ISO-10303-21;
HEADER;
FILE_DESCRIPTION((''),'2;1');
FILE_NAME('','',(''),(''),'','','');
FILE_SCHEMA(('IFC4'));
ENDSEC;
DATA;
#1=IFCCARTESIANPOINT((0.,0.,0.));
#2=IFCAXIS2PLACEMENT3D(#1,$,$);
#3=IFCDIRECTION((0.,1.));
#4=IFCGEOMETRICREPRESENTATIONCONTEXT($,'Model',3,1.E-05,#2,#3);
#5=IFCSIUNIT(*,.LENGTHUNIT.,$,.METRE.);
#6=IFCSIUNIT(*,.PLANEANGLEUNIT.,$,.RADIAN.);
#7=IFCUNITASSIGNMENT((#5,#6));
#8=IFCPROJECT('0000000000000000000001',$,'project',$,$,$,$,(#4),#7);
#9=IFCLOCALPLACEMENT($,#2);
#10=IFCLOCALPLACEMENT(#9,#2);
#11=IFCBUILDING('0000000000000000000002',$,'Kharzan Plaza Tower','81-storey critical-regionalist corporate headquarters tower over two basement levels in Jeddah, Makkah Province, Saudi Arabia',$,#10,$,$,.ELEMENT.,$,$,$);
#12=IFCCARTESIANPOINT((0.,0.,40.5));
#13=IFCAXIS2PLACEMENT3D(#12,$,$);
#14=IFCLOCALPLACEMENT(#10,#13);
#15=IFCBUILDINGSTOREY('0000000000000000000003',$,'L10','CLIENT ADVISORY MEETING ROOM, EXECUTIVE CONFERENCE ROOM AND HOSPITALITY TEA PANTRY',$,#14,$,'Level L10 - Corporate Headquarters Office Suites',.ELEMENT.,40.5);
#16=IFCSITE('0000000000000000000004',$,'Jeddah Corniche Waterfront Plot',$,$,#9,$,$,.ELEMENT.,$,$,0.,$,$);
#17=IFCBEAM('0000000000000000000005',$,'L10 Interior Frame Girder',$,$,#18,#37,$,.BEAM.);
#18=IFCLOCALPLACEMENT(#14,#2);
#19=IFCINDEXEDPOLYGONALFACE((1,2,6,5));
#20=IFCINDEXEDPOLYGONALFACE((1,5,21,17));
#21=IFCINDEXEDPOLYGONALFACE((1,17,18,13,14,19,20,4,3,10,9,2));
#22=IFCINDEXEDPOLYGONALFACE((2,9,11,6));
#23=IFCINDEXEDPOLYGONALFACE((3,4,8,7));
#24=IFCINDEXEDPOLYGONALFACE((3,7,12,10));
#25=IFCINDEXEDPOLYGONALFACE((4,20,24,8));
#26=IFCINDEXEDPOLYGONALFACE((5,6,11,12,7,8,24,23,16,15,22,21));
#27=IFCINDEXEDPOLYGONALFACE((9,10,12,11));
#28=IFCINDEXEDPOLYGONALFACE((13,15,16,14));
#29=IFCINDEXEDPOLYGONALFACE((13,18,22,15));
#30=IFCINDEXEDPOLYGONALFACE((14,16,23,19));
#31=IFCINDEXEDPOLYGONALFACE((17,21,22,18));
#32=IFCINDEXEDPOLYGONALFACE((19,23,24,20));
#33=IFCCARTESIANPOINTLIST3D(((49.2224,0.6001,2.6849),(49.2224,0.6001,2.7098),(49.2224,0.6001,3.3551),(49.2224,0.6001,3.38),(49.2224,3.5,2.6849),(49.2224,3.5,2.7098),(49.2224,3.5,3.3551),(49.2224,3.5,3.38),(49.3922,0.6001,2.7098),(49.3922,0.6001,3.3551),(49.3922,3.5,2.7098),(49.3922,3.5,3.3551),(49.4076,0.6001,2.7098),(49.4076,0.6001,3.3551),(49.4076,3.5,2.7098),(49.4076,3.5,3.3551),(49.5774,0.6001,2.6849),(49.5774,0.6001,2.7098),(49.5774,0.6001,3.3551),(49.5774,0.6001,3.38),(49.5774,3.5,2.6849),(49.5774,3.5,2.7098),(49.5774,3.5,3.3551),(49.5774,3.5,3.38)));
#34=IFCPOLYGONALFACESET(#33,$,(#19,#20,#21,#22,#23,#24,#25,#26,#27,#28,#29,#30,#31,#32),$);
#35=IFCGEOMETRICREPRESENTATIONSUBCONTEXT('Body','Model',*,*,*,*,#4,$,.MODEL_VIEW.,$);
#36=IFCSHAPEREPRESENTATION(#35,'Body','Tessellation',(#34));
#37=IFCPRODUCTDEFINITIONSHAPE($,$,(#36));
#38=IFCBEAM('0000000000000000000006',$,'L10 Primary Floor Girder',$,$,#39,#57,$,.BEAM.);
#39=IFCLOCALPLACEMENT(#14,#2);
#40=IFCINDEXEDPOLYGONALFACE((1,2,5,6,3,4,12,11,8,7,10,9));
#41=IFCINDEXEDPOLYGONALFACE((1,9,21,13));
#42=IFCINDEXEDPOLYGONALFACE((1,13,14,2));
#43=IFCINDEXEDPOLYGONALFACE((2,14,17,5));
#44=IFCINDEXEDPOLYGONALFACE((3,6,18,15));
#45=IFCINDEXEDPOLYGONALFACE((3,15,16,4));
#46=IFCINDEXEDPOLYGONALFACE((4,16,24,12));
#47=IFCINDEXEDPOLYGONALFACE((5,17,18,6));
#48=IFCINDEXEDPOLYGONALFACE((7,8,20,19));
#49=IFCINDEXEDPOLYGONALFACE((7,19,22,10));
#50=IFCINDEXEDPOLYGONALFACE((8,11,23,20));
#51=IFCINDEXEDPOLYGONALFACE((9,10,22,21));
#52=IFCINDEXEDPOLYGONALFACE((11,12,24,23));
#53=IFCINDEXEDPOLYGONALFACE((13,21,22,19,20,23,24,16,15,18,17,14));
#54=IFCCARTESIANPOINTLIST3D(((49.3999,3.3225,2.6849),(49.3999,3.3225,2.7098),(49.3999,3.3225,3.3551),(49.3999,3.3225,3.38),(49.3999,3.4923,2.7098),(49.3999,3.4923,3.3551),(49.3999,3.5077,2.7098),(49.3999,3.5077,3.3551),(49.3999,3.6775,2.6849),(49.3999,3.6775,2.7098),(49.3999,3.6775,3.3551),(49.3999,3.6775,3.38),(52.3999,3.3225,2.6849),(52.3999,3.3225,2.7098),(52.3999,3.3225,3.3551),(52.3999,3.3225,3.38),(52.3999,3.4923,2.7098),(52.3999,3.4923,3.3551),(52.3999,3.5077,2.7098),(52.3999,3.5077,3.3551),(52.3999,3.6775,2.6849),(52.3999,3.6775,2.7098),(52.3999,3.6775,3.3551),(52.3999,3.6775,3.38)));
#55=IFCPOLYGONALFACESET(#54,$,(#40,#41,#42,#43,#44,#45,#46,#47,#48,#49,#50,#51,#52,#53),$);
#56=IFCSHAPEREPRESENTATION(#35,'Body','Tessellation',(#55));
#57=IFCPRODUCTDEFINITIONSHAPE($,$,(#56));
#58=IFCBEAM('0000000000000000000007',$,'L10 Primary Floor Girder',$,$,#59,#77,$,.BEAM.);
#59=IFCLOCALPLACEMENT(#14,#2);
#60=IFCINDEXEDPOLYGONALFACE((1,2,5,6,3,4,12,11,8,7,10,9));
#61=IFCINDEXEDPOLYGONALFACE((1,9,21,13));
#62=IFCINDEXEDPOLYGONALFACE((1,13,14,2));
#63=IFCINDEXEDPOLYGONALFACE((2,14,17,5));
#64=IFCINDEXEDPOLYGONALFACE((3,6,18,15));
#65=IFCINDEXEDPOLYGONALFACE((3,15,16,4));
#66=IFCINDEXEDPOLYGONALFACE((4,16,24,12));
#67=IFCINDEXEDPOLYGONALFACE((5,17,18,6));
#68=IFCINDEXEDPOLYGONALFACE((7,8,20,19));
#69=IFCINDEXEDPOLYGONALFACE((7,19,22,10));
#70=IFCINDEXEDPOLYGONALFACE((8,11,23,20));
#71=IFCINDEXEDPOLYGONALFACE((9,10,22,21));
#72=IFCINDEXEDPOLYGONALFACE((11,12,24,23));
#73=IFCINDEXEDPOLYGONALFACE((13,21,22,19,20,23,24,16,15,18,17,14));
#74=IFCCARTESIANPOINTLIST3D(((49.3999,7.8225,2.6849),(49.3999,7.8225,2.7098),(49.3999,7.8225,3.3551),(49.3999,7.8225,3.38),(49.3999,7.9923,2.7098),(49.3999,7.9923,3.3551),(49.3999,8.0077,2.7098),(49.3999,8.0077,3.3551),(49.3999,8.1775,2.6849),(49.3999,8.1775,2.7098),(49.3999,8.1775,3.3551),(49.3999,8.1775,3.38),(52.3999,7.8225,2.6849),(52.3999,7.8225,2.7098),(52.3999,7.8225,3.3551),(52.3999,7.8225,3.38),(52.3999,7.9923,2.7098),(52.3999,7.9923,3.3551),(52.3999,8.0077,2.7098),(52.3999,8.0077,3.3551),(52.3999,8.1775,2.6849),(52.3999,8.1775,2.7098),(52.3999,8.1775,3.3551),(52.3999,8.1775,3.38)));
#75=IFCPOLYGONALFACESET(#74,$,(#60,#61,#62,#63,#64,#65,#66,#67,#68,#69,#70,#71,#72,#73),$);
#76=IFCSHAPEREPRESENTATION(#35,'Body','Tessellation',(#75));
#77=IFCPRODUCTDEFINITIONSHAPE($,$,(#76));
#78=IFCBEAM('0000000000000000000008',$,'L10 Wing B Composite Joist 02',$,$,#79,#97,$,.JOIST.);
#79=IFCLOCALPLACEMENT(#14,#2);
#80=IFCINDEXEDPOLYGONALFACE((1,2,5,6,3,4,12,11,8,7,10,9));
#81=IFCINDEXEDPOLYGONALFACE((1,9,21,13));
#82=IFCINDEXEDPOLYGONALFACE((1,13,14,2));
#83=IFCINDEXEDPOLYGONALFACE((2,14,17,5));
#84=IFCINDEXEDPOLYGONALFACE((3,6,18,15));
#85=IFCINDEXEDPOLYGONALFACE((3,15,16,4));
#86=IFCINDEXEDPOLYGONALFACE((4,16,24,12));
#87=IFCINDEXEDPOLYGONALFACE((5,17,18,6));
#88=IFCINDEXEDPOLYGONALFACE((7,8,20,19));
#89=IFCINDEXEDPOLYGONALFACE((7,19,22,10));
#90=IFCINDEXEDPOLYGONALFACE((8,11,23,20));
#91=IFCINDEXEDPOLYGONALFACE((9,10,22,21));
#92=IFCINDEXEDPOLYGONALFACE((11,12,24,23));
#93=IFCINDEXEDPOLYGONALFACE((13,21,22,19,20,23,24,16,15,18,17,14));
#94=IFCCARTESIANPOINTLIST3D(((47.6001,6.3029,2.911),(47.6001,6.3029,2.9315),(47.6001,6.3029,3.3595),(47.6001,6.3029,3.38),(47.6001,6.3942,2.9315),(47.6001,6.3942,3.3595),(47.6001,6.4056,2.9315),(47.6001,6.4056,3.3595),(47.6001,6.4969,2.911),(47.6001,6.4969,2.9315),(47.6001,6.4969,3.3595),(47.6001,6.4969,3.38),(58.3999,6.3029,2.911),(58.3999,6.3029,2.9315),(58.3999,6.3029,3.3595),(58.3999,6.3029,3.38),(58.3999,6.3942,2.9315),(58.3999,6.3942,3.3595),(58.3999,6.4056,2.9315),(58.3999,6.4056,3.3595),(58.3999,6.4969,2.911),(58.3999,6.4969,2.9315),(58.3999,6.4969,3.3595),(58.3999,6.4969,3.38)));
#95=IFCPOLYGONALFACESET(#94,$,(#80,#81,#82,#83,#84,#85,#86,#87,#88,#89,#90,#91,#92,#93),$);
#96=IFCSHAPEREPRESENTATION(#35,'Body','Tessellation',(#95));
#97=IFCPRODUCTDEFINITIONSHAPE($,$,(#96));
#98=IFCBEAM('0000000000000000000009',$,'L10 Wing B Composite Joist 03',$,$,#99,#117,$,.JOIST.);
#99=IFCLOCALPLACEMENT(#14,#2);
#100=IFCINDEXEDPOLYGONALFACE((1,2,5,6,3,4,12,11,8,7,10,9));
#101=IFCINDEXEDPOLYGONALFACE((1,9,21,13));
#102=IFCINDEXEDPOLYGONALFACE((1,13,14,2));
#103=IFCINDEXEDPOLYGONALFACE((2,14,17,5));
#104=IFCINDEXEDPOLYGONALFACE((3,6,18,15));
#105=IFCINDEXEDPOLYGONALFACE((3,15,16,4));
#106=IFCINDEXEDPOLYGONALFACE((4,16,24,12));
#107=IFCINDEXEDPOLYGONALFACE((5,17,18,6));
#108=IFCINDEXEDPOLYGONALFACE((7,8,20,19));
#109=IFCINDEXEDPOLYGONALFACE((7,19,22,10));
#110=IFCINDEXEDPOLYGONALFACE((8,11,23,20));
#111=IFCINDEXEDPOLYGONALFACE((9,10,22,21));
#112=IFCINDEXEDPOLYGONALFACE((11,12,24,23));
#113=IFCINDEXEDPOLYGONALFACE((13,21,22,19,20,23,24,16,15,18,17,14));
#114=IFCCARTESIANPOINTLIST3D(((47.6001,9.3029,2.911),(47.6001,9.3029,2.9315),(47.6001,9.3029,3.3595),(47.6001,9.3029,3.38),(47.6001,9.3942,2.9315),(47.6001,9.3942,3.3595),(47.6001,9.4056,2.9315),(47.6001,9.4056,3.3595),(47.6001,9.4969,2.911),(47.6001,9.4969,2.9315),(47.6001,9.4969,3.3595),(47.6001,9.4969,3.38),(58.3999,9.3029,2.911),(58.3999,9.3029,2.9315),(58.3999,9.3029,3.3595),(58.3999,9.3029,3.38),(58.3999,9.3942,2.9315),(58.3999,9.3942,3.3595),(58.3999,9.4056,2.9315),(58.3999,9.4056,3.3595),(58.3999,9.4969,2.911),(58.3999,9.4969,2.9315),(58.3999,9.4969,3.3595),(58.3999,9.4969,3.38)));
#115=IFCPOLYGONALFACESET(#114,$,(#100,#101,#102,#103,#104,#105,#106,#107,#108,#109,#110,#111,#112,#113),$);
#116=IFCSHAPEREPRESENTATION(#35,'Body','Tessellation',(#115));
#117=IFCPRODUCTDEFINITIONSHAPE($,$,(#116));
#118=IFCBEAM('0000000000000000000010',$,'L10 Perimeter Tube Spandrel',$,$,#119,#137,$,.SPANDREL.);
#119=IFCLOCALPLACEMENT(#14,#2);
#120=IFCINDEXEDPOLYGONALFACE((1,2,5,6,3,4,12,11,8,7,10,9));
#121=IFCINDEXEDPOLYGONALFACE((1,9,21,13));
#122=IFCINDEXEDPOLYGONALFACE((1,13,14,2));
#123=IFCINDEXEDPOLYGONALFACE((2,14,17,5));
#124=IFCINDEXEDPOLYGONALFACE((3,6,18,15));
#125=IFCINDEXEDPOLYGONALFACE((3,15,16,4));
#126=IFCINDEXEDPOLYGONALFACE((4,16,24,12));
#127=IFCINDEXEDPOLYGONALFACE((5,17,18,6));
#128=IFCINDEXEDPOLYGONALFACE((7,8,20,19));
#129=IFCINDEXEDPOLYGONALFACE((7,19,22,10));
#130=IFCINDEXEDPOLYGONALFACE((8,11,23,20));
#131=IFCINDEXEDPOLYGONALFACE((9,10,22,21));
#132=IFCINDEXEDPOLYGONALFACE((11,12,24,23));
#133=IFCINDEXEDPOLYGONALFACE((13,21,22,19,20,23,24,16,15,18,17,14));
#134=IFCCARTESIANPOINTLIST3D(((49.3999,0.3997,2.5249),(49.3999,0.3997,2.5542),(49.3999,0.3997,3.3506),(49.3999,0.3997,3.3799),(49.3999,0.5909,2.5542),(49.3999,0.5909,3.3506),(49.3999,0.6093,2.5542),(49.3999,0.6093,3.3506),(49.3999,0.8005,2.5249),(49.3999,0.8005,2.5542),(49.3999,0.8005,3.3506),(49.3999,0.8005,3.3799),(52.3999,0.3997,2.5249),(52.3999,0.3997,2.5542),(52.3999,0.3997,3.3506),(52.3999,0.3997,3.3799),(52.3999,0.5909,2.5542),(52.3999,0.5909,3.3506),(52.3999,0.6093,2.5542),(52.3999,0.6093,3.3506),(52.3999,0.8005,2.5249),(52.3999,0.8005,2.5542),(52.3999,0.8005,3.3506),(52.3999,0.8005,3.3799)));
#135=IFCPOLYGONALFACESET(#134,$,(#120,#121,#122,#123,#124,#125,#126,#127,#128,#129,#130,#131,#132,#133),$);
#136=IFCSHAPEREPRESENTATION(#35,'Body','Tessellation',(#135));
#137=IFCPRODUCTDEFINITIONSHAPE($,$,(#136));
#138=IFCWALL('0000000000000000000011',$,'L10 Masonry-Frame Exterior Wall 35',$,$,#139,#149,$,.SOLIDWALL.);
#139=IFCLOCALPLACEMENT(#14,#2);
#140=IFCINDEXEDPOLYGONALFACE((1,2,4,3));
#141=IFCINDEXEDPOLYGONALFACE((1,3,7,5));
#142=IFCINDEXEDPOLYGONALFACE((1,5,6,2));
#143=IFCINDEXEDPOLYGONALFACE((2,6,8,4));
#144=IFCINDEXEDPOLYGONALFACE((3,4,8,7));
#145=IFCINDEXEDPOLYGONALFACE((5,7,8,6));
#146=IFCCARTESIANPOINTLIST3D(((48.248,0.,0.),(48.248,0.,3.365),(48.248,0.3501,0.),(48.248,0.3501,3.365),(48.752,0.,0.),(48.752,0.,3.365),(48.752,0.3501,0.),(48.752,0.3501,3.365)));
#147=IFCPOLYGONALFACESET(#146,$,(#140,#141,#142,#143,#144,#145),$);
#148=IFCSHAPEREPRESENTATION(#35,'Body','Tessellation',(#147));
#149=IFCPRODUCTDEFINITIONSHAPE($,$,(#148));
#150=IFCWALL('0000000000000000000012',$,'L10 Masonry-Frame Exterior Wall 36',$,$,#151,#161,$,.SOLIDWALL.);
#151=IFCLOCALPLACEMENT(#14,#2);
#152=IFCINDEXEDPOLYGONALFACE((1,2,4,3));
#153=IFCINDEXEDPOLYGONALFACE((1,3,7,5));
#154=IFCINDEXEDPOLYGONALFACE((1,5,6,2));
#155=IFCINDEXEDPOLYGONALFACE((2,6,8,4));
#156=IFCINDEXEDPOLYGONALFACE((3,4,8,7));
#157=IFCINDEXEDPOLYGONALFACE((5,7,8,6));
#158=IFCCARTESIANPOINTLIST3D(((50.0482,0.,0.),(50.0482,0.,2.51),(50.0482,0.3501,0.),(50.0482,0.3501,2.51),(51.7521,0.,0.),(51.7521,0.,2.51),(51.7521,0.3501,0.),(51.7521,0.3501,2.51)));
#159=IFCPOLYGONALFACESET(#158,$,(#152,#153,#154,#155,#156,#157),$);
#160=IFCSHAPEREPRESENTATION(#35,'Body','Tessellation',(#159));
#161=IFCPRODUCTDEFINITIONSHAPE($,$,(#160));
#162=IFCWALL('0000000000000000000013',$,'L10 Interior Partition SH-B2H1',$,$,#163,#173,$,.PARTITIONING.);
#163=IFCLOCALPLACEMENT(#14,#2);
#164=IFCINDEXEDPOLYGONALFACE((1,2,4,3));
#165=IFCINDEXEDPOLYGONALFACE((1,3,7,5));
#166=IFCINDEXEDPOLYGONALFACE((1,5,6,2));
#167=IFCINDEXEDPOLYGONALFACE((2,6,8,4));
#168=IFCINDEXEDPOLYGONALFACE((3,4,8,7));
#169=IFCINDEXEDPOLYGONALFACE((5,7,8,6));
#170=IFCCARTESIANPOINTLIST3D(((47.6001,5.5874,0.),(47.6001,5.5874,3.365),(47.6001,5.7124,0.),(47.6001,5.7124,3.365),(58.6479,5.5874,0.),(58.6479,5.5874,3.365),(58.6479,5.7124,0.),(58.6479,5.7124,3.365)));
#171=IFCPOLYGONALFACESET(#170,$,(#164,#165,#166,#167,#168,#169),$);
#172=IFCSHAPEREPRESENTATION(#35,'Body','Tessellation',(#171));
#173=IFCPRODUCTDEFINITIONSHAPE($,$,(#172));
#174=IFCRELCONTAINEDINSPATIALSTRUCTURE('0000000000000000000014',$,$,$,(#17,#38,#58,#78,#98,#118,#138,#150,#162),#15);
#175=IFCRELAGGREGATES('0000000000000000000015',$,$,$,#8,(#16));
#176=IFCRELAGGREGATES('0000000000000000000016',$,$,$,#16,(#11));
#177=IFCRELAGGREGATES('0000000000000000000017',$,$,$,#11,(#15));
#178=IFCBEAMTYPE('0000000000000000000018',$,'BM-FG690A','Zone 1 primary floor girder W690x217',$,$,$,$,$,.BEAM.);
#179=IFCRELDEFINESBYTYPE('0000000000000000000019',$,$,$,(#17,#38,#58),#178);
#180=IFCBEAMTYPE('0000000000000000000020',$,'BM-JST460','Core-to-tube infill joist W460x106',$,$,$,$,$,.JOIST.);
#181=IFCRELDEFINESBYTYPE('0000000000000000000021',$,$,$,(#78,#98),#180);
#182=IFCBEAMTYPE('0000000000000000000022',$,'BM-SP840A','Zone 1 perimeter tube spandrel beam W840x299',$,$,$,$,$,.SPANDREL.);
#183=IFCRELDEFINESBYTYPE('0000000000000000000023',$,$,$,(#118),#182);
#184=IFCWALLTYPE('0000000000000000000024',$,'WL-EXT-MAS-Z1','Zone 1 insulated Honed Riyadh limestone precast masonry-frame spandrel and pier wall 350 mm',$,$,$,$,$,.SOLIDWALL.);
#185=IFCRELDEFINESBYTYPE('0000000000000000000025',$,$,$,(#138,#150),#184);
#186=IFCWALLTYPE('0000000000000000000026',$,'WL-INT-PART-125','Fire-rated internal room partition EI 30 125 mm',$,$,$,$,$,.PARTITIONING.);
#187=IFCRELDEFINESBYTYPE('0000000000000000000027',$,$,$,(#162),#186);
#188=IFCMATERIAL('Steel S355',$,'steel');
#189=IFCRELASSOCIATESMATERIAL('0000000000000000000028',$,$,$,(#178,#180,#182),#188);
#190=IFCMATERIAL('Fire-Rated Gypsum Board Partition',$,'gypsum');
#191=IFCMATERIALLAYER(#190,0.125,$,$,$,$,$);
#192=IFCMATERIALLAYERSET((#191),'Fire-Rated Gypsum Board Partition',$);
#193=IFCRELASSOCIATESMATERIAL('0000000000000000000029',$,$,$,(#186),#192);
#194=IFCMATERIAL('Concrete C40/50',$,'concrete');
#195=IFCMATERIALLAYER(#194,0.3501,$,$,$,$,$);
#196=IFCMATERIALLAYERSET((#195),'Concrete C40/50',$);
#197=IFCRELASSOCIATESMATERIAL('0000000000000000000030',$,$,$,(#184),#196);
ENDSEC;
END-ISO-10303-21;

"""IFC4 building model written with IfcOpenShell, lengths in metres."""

from ifc_helpers import new_model, si_unit, direction, frame, frame_2d, origin, origin_2d, place, context, subcontext, project, spatial, rectangle, i_section, extrude, source, transform, mapped, material, layer, layer_set, material_profile, profile_set, type_object, element, save


model = new_model("IFC4")

# Units and contexts
model_context = context("Model", 3, precision=1e-05, world=origin(), true_north=direction((0.0, 1.0)))
body_context = subcontext(model_context, "Body", "Model", "MODEL_VIEW")
ifc_project = project(units=[si_unit("LENGTHUNIT", "METRE"), si_unit("PLANEANGLEUNIT", "RADIAN")], contexts=[model_context])

# Site, building, storey
site_placement = place(None, origin())
site = spatial("IfcSite", under=ifc_project, at=site_placement, Name="Jeddah Corniche Waterfront Plot", CompositionType="ELEMENT", RefElevation=0.0)
building_placement = place(site_placement, origin())
building = spatial("IfcBuilding", under=site, at=building_placement, Name="Kharzan Plaza Tower", Description="81-storey critical-regionalist corporate headquarters tower over two basement levels in Jeddah, Makkah Province, Saudi Arabia", CompositionType="ELEMENT")
storey_placement = place(building_placement, frame((0.0, 0.0, 40.5)))
storey = spatial("IfcBuildingStorey", under=building, at=storey_placement, Name="L10", Description="CLIENT ADVISORY MEETING ROOM, EXECUTIVE CONFERENCE ROOM AND HOSPITALITY TEA PANTRY", LongName="Level L10 - Corporate Headquarters Office Suites", CompositionType="ELEMENT", Elevation=40.5)

# Beams
ifc_material_1 = material(Name="Steel S355", Category="steel")
ifc_material_profile_1 = material_profile(ifc_material_1, i_section(OverallWidth=0.355, OverallDepth=0.6951, WebThickness=0.0154, FlangeThickness=0.0249, at=origin_2d()), Name="W690x217")
ifc_profile_set_1 = profile_set([ifc_material_profile_1], Name="Steel S355")
beam_type_1 = type_object("IfcBeamType", Name="BM-FG690A", Description="Zone 1 primary floor girder W690x217", PredefinedType="BEAM", material=ifc_profile_set_1)
shared_shape_1 = source(origin(), body_context, "Body", "SweptSolid", [
    extrude(i_section(OverallWidth=0.355, OverallDepth=0.6951, WebThickness=0.0154, FlangeThickness=0.0249, at=origin_2d()), origin(), (0.0, 0.0, 1.0), 2.8999),
])
for number, where, z_axis, x_axis, name in (
    (1, (49.3999, 0.6001, 3.0325), (0.0, 1.0, 0.0), (-1.0, 0.0, 0.0), "L10 Interior Frame Girder"),
):
    element("IfcBeam", number, at=place(storey_placement, frame(where, z_axis=z_axis, x_axis=x_axis)), inside=storey, type_object=beam_type_1, Name=name, PredefinedType="BEAM", context=body_context, shape_type="MappedRepresentation", body=[
        mapped(shared_shape_1, transform((0.0, 0.0, 0.0), x_axis=(1.0, 0.0, 0.0), y_axis=(0.0, 1.0, 0.0), z_axis=(0.0, 0.0, 1.0))),
    ])
shared_shape_2 = source(origin(), body_context, "Body", "SweptSolid", [
    extrude(i_section(OverallWidth=0.355, OverallDepth=0.6951, WebThickness=0.0154, FlangeThickness=0.0249, at=origin_2d()), origin(), (0.0, 0.0, 1.0), 3.0),
])
for number, where, z_axis, x_axis, name in (
    (2, (49.3999, 3.5, 3.0325), (1.0, 0.0, 0.0), (0.0, 1.0, 0.0), "L10 Primary Floor Girder"),
    (3, (49.3999, 8.0, 3.0325), (1.0, 0.0, 0.0), (0.0, 1.0, 0.0), "L10 Primary Floor Girder"),
):
    element("IfcBeam", number, at=place(storey_placement, frame(where, z_axis=z_axis, x_axis=x_axis)), inside=storey, type_object=beam_type_1, Name=name, PredefinedType="BEAM", context=body_context, shape_type="MappedRepresentation", body=[
        mapped(shared_shape_2, transform((0.0, 0.0, 0.0), x_axis=(1.0, 0.0, 0.0), y_axis=(0.0, 1.0, 0.0), z_axis=(0.0, 0.0, 1.0))),
    ])
ifc_material_profile_2 = material_profile(ifc_material_1, i_section(OverallWidth=0.1941, OverallDepth=0.469, WebThickness=0.0115, FlangeThickness=0.0205, at=origin_2d()), Name="W460x106")
ifc_profile_set_2 = profile_set([ifc_material_profile_2], Name="Steel S355")
beam_type_2 = type_object("IfcBeamType", Name="BM-JST460", Description="Core-to-tube infill joist W460x106", PredefinedType="JOIST", material=ifc_profile_set_2)
shared_shape_3 = source(origin(), body_context, "Body", "SweptSolid", [
    extrude(i_section(OverallWidth=0.1941, OverallDepth=0.469, WebThickness=0.0115, FlangeThickness=0.0205, at=origin_2d()), origin(), (0.0, 0.0, 1.0), 10.7998),
])
for number, where, z_axis, x_axis, name in (
    (4, (47.6001, 6.3999, 3.1455), (1.0, 0.0, 0.0), (0.0, 1.0, 0.0), "L10 Wing B Composite Joist 02"),
    (5, (47.6001, 9.3999, 3.1455), (1.0, 0.0, 0.0), (0.0, 1.0, 0.0), "L10 Wing B Composite Joist 03"),
):
    element("IfcBeam", number, at=place(storey_placement, frame(where, z_axis=z_axis, x_axis=x_axis)), inside=storey, type_object=beam_type_2, Name=name, PredefinedType="JOIST", context=body_context, shape_type="MappedRepresentation", body=[
        mapped(shared_shape_3, transform((0.0, 0.0, 0.0), x_axis=(1.0, 0.0, 0.0), y_axis=(0.0, 1.0, 0.0), z_axis=(0.0, 0.0, 1.0))),
    ])
ifc_material_profile_3 = material_profile(ifc_material_1, i_section(OverallWidth=0.4009, OverallDepth=0.855, WebThickness=0.0183, FlangeThickness=0.0293, at=origin_2d()), Name="W840x299")
ifc_profile_set_3 = profile_set([ifc_material_profile_3], Name="Steel S355")
beam_type_3 = type_object("IfcBeamType", Name="BM-SP840A", Description="Zone 1 perimeter tube spandrel beam W840x299", PredefinedType="SPANDREL", material=ifc_profile_set_3)
shared_shape_4 = source(origin(), body_context, "Body", "SweptSolid", [
    extrude(i_section(OverallWidth=0.4009, OverallDepth=0.855, WebThickness=0.0183, FlangeThickness=0.0293, at=origin_2d()), origin(), (0.0, 0.0, 1.0), 3.0),
])
beam_placement = place(storey_placement, frame((49.3999, 0.6001, 2.9524), z_axis=(1.0, 0.0, 0.0), x_axis=(0.0, 1.0, 0.0)))
element("IfcBeam", 6, at=beam_placement, inside=storey, type_object=beam_type_3, Name="L10 Perimeter Tube Spandrel", PredefinedType="SPANDREL", context=body_context, shape_type="MappedRepresentation", body=[
    mapped(shared_shape_4, transform((0.0, 0.0, 0.0), x_axis=(1.0, 0.0, 0.0), y_axis=(0.0, 1.0, 0.0), z_axis=(0.0, 0.0, 1.0))),
])

# Shared definitions
ifc_material_2 = material(Name="Fire-Rated Gypsum Board Partition", Category="gypsum")
ifc_layer_1 = layer(ifc_material_2, 0.125)
ifc_layer_set_1 = layer_set([ifc_layer_1], Name="Fire-Rated Gypsum Board Partition")
wall_type_1 = type_object("IfcWallType", Name="WL-INT-PART-125", Description="Fire-rated internal room partition EI 30 125 mm", PredefinedType="PARTITIONING", material=ifc_layer_set_1)

# Walls
ifc_material_3 = material(Name="Concrete C40/50", Category="concrete")
ifc_layer_2 = layer(ifc_material_3, 0.3501)
ifc_layer_set_2 = layer_set([ifc_layer_2], Name="Concrete C40/50")
wall_type_2 = type_object("IfcWallType", Name="WL-EXT-MAS-Z1", Description="Zone 1 insulated Honed Riyadh limestone precast masonry-frame spandrel and pier wall 350 mm", PredefinedType="SOLIDWALL", material=ifc_layer_set_2)
shared_shape_5 = source(origin(), body_context, "Body", "SweptSolid", [
    extrude(rectangle(XDim=0.5039, YDim=0.3501, at=frame_2d((0.252, 0.0))), origin(), (0.0, 0.0, 1.0), 3.365),
])
wall_1_placement = place(storey_placement, frame((48.248, 0.175, 0.0), z_axis=(0.0, 0.0, 1.0), x_axis=(1.0, 0.0, 0.0)))
element("IfcWall", 7, at=wall_1_placement, inside=storey, type_object=wall_type_2, Name="L10 Masonry-Frame Exterior Wall 35", PredefinedType="SOLIDWALL", context=body_context, shape_type="MappedRepresentation", body=[
    mapped(shared_shape_5, transform((0.0, 0.0, 0.0), x_axis=(1.0, 0.0, 0.0), y_axis=(0.0, 1.0, 0.0), z_axis=(0.0, 0.0, 1.0))),
])
shared_shape_6 = source(origin(), body_context, "Body", "SweptSolid", [
    extrude(rectangle(XDim=1.7039, YDim=0.3501, at=frame_2d((0.8521, 0.0))), origin(), (0.0, 0.0, 1.0), 2.51),
])
wall_2_placement = place(storey_placement, frame((50.0481, 0.175, 0.0), z_axis=(0.0, 0.0, 1.0), x_axis=(1.0, 0.0, 0.0)))
element("IfcWall", 8, at=wall_2_placement, inside=storey, type_object=wall_type_2, Name="L10 Masonry-Frame Exterior Wall 36", PredefinedType="SOLIDWALL", context=body_context, shape_type="MappedRepresentation", body=[
    mapped(shared_shape_6, transform((0.0, 0.0, 0.0), x_axis=(1.0, 0.0, 0.0), y_axis=(0.0, 1.0, 0.0), z_axis=(0.0, 0.0, 1.0))),
])
shared_shape_7 = source(origin(), body_context, "Body", "SweptSolid", [
    extrude(rectangle(XDim=11.0479, YDim=0.125, at=frame_2d((5.5239, 0.0))), origin(), (0.0, 0.0, 1.0), 3.365),
])
for number, where, z_axis, x_axis, name in (
    (9, (47.6001, 5.6499, 0.0), (0.0, 0.0, 1.0), (1.0, 0.0, 0.0), "L10 Interior Partition SH-B2H1"),
):
    element("IfcWall", number, at=place(storey_placement, frame(where, z_axis=z_axis, x_axis=x_axis)), inside=storey, type_object=wall_type_1, Name=name, PredefinedType="PARTITIONING", context=body_context, shape_type="MappedRepresentation", body=[
        mapped(shared_shape_7, transform((0.0, 0.0, 0.0), x_axis=(1.0, 0.0, 0.0), y_axis=(0.0, 1.0, 0.0), z_axis=(0.0, 0.0, 1.0))),
    ])

save(model, "model.ifc")
